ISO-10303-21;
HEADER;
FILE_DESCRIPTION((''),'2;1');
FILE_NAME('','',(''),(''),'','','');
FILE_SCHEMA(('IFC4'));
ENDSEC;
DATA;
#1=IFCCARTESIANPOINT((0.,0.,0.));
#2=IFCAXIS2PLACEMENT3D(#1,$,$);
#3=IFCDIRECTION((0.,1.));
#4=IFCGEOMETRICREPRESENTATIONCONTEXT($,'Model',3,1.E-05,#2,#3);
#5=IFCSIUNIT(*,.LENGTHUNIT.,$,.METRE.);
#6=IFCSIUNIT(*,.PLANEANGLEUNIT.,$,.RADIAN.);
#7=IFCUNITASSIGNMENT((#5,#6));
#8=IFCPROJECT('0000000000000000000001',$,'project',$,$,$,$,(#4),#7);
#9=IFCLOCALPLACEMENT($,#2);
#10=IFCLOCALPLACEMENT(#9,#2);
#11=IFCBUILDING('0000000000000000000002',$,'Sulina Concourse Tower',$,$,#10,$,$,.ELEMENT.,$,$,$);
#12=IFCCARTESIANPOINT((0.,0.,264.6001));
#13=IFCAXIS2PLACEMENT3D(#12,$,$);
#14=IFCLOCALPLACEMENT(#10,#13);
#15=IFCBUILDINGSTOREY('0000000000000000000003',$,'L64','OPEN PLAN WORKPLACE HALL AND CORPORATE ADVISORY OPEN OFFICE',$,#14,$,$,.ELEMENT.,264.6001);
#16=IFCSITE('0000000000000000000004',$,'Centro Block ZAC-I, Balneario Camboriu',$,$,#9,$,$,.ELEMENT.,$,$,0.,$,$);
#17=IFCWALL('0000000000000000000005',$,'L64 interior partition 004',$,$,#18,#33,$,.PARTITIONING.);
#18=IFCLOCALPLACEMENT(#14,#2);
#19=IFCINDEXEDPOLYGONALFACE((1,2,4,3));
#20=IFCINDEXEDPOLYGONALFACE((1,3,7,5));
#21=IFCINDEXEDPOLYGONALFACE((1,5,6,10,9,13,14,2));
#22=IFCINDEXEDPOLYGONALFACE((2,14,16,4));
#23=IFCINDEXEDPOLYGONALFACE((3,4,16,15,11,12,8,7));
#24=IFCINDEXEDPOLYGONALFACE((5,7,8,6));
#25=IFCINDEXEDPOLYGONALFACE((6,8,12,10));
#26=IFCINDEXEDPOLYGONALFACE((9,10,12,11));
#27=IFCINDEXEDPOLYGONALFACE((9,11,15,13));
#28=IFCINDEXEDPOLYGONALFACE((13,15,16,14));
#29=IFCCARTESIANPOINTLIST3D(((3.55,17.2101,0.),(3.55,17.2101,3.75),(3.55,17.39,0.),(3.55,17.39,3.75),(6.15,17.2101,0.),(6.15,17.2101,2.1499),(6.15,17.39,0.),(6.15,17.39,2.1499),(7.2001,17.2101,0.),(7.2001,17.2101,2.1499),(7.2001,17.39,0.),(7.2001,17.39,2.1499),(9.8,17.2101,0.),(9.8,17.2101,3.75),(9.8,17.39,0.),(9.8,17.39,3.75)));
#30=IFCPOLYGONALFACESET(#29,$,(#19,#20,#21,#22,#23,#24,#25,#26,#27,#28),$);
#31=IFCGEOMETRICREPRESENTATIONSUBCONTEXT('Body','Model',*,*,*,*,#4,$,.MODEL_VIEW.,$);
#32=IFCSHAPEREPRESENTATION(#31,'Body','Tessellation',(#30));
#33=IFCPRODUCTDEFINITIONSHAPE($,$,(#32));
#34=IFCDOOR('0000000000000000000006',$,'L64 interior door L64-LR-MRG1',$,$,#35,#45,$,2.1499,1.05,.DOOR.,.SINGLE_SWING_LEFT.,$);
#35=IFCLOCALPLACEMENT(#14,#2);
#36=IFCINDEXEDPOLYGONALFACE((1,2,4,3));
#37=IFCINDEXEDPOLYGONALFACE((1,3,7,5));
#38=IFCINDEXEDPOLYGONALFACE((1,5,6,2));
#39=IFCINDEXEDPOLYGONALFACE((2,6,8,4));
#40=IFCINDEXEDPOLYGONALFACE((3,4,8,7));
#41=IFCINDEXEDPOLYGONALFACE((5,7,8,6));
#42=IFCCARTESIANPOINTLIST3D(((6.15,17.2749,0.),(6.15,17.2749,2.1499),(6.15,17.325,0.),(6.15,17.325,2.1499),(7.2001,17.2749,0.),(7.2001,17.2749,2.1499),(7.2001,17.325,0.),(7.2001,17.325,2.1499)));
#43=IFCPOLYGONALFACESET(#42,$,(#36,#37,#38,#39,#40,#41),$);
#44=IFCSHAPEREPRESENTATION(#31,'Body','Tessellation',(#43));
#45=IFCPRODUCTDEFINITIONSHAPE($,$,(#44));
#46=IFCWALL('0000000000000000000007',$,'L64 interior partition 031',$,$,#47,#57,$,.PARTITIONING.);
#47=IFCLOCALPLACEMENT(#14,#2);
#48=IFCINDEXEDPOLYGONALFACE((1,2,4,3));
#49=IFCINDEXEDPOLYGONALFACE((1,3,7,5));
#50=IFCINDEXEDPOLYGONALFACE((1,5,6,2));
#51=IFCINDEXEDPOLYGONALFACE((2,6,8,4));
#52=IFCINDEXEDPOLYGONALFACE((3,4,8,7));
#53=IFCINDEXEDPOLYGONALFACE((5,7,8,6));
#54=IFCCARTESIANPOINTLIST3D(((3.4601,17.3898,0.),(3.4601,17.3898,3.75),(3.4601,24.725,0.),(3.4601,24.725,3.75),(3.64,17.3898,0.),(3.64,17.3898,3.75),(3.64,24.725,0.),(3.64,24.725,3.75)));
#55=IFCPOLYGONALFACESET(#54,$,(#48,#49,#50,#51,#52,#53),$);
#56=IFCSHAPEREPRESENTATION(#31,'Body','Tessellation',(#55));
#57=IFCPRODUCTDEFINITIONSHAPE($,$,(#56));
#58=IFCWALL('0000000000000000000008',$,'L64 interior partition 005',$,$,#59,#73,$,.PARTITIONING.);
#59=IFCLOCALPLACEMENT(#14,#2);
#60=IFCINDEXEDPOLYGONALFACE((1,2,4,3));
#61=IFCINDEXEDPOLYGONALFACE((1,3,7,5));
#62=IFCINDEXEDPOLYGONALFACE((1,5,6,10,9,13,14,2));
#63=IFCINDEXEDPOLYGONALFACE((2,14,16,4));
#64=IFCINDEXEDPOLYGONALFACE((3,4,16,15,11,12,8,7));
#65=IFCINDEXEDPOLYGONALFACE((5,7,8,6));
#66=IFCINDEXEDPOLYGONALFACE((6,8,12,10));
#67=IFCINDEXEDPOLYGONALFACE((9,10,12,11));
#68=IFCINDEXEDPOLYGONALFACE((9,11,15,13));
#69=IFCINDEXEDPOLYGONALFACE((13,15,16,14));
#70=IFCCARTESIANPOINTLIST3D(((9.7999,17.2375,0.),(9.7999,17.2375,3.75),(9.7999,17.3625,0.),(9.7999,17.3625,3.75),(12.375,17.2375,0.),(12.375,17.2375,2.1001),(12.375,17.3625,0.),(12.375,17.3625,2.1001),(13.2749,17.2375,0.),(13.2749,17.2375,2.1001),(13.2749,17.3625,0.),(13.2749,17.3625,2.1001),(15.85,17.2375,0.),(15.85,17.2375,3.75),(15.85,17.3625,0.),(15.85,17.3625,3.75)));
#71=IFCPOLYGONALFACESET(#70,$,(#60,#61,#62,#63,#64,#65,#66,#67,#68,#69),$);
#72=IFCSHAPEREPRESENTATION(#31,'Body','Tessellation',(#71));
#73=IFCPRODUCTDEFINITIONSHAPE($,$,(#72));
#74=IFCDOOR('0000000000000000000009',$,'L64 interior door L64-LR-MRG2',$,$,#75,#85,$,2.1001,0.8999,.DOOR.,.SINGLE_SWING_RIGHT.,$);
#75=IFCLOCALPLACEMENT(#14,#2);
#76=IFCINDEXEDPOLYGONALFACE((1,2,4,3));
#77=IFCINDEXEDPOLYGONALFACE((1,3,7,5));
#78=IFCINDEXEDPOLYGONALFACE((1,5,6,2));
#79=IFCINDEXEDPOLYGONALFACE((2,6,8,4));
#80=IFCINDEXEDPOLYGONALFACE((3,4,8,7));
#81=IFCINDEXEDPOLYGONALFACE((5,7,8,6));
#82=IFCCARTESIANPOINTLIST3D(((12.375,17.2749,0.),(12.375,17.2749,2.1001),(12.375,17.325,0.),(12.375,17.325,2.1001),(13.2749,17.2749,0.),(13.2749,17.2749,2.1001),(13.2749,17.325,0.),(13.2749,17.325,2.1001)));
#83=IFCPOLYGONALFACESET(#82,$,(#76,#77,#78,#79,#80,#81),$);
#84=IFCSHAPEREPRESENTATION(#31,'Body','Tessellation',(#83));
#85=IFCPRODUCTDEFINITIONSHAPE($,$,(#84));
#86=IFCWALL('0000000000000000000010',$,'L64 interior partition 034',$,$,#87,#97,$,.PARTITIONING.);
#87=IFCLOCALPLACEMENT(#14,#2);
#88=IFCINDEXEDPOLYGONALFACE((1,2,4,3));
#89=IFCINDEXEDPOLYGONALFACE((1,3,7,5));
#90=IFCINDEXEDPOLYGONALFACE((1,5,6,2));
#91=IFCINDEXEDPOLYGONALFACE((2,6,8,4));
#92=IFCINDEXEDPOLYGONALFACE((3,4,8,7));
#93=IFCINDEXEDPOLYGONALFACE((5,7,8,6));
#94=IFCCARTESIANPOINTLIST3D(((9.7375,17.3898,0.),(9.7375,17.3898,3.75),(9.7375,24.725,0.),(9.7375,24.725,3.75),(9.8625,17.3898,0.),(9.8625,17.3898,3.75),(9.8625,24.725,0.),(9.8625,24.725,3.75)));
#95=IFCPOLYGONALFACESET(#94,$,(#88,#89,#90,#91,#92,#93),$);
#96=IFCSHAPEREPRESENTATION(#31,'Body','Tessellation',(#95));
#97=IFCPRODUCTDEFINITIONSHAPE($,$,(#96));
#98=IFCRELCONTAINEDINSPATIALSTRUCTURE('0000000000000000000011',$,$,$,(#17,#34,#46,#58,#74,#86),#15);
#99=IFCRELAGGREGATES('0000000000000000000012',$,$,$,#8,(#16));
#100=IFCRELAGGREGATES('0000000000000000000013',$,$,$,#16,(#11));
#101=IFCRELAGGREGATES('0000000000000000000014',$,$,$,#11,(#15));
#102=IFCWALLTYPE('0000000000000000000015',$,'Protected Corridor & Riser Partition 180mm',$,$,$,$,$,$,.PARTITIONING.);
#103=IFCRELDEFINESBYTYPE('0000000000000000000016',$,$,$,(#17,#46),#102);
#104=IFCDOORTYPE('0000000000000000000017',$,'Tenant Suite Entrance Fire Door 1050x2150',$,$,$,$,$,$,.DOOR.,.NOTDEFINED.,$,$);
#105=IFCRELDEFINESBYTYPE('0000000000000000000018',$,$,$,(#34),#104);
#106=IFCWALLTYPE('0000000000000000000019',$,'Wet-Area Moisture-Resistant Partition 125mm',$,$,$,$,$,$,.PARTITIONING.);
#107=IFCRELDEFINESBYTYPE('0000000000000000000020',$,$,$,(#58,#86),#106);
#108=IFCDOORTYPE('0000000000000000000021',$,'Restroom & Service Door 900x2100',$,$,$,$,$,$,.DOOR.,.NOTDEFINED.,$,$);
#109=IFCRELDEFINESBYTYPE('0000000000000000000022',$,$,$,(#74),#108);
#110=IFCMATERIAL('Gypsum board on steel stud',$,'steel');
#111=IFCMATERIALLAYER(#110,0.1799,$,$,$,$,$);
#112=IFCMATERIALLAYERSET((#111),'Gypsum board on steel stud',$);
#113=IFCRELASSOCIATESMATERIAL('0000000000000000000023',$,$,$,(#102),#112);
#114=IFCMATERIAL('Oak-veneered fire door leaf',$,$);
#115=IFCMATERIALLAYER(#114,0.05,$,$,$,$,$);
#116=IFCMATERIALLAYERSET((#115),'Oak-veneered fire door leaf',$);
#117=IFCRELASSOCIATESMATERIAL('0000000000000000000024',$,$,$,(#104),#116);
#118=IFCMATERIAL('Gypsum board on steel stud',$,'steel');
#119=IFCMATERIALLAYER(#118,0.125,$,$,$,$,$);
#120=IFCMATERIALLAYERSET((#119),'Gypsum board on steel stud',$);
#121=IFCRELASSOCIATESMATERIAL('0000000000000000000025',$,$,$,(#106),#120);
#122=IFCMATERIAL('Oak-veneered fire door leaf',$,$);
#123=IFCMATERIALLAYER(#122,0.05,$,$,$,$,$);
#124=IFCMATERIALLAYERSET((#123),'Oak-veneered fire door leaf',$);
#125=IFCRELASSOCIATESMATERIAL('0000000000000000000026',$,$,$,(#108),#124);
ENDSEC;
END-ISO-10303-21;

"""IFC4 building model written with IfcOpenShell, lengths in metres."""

from ifc_helpers import new_model, si_unit, direction, frame, frame_2d, origin, place, context, subcontext, project, spatial, rectangle, extrude, material, layer, layer_set, type_object, element, fill, save


model = new_model("IFC4")

# Units and contexts
model_context = context("Model", 3, precision=1e-05, world=origin(), true_north=direction((0.0, 1.0)))
body_context = subcontext(model_context, "Body", "Model", "MODEL_VIEW")
ifc_project = project(units=[si_unit("LENGTHUNIT", "METRE"), si_unit("PLANEANGLEUNIT", "RADIAN")], contexts=[model_context])

# Site, building, storey
site_placement = place(None, origin())
site = spatial("IfcSite", under=ifc_project, at=site_placement, Name="Centro Block ZAC-I, Balneario Camboriu", CompositionType="ELEMENT", RefElevation=0.0)
building_placement = place(site_placement, origin())
building = spatial("IfcBuilding", under=site, at=building_placement, Name="Sulina Concourse Tower", CompositionType="ELEMENT")
storey_placement = place(building_placement, frame((0.0, 0.0, 264.6001)))
storey = spatial("IfcBuildingStorey", under=building, at=storey_placement, Name="L64", Description="OPEN PLAN WORKPLACE HALL AND CORPORATE ADVISORY OPEN OFFICE", CompositionType="ELEMENT", Elevation=264.6001)

# Wall, opening, door
ifc_material_1 = material(Name="Gypsum board on steel stud", Category="steel")
ifc_layer_1 = layer(ifc_material_1, 0.1799)
ifc_layer_set_1 = layer_set([ifc_layer_1], Name="Gypsum board on steel stud")
wall_type_1 = type_object("IfcWallType", Name="Protected Corridor & Riser Partition 180mm", PredefinedType="PARTITIONING", material=ifc_layer_set_1)
ifc_material_2 = material(Name="Oak-veneered fire door leaf")
ifc_layer_2 = layer(ifc_material_2, 0.05)
ifc_layer_set_2 = layer_set([ifc_layer_2], Name="Oak-veneered fire door leaf")
door_type_1 = type_object("IfcDoorType", Name="Tenant Suite Entrance Fire Door 1050x2150", OperationType="NOTDEFINED", PredefinedType="DOOR", material=ifc_layer_set_2)
wall_1_placement = place(storey_placement, frame((3.55, 17.3, 0.0), z_axis=(0.0, 0.0, 1.0), x_axis=(1.0, 0.0, 0.0)))
wall_1 = element("IfcWall", 1, at=wall_1_placement, inside=storey, type_object=wall_type_1, Name="L64 interior partition 004", PredefinedType="PARTITIONING", context=body_context, shape_type="SweptSolid", body=[
    extrude(rectangle(XDim=6.25, YDim=0.1799, at=frame_2d((3.125, 0.0))), origin(), (0.0, 0.0, 1.0), 3.75),
])
opening_1_placement = place(wall_1_placement, frame((2.6001, 0.0, 0.0)))
opening_1 = element("IfcOpeningElement", 2, at=opening_1_placement, cuts=wall_1, PredefinedType="OPENING", context=body_context, shape_type="SweptSolid", body=[
    extrude(rectangle(XDim=1.05, YDim=2.1499, at=frame_2d((0.5249, 1.075))), frame((0.0, 0.0999, 0.0), z_axis=(0.0, -1.0, 0.0), x_axis=(1.0, 0.0, 0.0)), (0.0, 0.0, 1.0), 0.2),
])
door_1_placement = place(opening_1_placement, origin())
door_1 = element("IfcDoor", 3, at=door_1_placement, inside=storey, type_object=door_type_1, Name="L64 interior door L64-LR-MRG1", OperationType="SINGLE_SWING_LEFT", OverallHeight=2.1499, OverallWidth=1.05, PredefinedType="DOOR", context=body_context, shape_type="SweptSolid", body=[
    extrude(rectangle(XDim=1.05, YDim=2.1499, at=frame_2d((0.5249, 1.075))), frame((0.0, 0.0249, 0.0), z_axis=(0.0, -1.0, 0.0), x_axis=(1.0, 0.0, 0.0)), (0.0, 0.0, 1.0), 0.05),
])
fill(opening_1, door_1)

# Wall
wall_2_placement = place(storey_placement, frame((3.55, 17.3899, 0.0), z_axis=(0.0, 0.0, 1.0), x_axis=(0.0, 1.0, 0.0)))
element("IfcWall", 4, at=wall_2_placement, inside=storey, type_object=wall_type_1, Name="L64 interior partition 031", PredefinedType="PARTITIONING", context=body_context, shape_type="SweptSolid", body=[
    extrude(rectangle(XDim=7.3352, YDim=0.1799, at=frame_2d((3.6675, 0.0))), origin(), (0.0, 0.0, 1.0), 3.75),
])

# Wall, opening, door
ifc_material_3 = material(Name="Gypsum board on steel stud", Category="steel")
ifc_layer_3 = layer(ifc_material_3, 0.125)
ifc_layer_set_3 = layer_set([ifc_layer_3], Name="Gypsum board on steel stud")
wall_type_2 = type_object("IfcWallType", Name="Wet-Area Moisture-Resistant Partition 125mm", PredefinedType="PARTITIONING", material=ifc_layer_set_3)
wall_3_placement = place(storey_placement, frame((9.8, 17.3, 0.0), z_axis=(0.0, 0.0, 1.0), x_axis=(1.0, 0.0, 0.0)))
wall_3 = element("IfcWall", 5, at=wall_3_placement, inside=storey, type_object=wall_type_2, Name="L64 interior partition 005", PredefinedType="PARTITIONING", context=body_context, shape_type="SweptSolid", body=[
    extrude(rectangle(XDim=6.05, YDim=0.125, at=frame_2d((3.0249, 0.0))), origin(), (0.0, 0.0, 1.0), 3.75),
])
opening_2_placement = place(wall_3_placement, frame((2.575, 0.0, 0.0)))
opening_2 = element("IfcOpeningElement", 6, at=opening_2_placement, cuts=wall_3, PredefinedType="OPENING", context=body_context, shape_type="SweptSolid", body=[
    extrude(rectangle(XDim=0.8999, YDim=2.1001, at=frame_2d((0.45, 1.05))), frame((0.0, 0.0725, 0.0), z_axis=(0.0, -1.0, 0.0), x_axis=(1.0, 0.0, 0.0)), (0.0, 0.0, 1.0), 0.145),
])
ifc_material_4 = material(Name="Oak-veneered fire door leaf")
ifc_layer_4 = layer(ifc_material_4, 0.05)
ifc_layer_set_4 = layer_set([ifc_layer_4], Name="Oak-veneered fire door leaf")
door_type_2 = type_object("IfcDoorType", Name="Restroom & Service Door 900x2100", OperationType="NOTDEFINED", PredefinedType="DOOR", material=ifc_layer_set_4)
door_2_placement = place(opening_2_placement, origin())
door_2 = element("IfcDoor", 7, at=door_2_placement, inside=storey, type_object=door_type_2, Name="L64 interior door L64-LR-MRG2", OperationType="SINGLE_SWING_RIGHT", OverallHeight=2.1001, OverallWidth=0.8999, PredefinedType="DOOR", context=body_context, shape_type="SweptSolid", body=[
    extrude(rectangle(XDim=0.8999, YDim=2.1001, at=frame_2d((0.45, 1.05))), frame((0.0, 0.0249, 0.0), z_axis=(0.0, -1.0, 0.0), x_axis=(1.0, 0.0, 0.0)), (0.0, 0.0, 1.0), 0.05),
])
fill(opening_2, door_2)

# Wall
wall_4_placement = place(storey_placement, frame((9.8, 17.3899, 0.0), z_axis=(0.0, 0.0, 1.0), x_axis=(0.0, 1.0, 0.0)))
element("IfcWall", 8, at=wall_4_placement, inside=storey, type_object=wall_type_2, Name="L64 interior partition 034", PredefinedType="PARTITIONING", context=body_context, shape_type="SweptSolid", body=[
    extrude(rectangle(XDim=7.3352, YDim=0.125, at=frame_2d((3.6675, 0.0))), origin(), (0.0, 0.0, 1.0), 3.75),
])

save(model, "model.ifc")
